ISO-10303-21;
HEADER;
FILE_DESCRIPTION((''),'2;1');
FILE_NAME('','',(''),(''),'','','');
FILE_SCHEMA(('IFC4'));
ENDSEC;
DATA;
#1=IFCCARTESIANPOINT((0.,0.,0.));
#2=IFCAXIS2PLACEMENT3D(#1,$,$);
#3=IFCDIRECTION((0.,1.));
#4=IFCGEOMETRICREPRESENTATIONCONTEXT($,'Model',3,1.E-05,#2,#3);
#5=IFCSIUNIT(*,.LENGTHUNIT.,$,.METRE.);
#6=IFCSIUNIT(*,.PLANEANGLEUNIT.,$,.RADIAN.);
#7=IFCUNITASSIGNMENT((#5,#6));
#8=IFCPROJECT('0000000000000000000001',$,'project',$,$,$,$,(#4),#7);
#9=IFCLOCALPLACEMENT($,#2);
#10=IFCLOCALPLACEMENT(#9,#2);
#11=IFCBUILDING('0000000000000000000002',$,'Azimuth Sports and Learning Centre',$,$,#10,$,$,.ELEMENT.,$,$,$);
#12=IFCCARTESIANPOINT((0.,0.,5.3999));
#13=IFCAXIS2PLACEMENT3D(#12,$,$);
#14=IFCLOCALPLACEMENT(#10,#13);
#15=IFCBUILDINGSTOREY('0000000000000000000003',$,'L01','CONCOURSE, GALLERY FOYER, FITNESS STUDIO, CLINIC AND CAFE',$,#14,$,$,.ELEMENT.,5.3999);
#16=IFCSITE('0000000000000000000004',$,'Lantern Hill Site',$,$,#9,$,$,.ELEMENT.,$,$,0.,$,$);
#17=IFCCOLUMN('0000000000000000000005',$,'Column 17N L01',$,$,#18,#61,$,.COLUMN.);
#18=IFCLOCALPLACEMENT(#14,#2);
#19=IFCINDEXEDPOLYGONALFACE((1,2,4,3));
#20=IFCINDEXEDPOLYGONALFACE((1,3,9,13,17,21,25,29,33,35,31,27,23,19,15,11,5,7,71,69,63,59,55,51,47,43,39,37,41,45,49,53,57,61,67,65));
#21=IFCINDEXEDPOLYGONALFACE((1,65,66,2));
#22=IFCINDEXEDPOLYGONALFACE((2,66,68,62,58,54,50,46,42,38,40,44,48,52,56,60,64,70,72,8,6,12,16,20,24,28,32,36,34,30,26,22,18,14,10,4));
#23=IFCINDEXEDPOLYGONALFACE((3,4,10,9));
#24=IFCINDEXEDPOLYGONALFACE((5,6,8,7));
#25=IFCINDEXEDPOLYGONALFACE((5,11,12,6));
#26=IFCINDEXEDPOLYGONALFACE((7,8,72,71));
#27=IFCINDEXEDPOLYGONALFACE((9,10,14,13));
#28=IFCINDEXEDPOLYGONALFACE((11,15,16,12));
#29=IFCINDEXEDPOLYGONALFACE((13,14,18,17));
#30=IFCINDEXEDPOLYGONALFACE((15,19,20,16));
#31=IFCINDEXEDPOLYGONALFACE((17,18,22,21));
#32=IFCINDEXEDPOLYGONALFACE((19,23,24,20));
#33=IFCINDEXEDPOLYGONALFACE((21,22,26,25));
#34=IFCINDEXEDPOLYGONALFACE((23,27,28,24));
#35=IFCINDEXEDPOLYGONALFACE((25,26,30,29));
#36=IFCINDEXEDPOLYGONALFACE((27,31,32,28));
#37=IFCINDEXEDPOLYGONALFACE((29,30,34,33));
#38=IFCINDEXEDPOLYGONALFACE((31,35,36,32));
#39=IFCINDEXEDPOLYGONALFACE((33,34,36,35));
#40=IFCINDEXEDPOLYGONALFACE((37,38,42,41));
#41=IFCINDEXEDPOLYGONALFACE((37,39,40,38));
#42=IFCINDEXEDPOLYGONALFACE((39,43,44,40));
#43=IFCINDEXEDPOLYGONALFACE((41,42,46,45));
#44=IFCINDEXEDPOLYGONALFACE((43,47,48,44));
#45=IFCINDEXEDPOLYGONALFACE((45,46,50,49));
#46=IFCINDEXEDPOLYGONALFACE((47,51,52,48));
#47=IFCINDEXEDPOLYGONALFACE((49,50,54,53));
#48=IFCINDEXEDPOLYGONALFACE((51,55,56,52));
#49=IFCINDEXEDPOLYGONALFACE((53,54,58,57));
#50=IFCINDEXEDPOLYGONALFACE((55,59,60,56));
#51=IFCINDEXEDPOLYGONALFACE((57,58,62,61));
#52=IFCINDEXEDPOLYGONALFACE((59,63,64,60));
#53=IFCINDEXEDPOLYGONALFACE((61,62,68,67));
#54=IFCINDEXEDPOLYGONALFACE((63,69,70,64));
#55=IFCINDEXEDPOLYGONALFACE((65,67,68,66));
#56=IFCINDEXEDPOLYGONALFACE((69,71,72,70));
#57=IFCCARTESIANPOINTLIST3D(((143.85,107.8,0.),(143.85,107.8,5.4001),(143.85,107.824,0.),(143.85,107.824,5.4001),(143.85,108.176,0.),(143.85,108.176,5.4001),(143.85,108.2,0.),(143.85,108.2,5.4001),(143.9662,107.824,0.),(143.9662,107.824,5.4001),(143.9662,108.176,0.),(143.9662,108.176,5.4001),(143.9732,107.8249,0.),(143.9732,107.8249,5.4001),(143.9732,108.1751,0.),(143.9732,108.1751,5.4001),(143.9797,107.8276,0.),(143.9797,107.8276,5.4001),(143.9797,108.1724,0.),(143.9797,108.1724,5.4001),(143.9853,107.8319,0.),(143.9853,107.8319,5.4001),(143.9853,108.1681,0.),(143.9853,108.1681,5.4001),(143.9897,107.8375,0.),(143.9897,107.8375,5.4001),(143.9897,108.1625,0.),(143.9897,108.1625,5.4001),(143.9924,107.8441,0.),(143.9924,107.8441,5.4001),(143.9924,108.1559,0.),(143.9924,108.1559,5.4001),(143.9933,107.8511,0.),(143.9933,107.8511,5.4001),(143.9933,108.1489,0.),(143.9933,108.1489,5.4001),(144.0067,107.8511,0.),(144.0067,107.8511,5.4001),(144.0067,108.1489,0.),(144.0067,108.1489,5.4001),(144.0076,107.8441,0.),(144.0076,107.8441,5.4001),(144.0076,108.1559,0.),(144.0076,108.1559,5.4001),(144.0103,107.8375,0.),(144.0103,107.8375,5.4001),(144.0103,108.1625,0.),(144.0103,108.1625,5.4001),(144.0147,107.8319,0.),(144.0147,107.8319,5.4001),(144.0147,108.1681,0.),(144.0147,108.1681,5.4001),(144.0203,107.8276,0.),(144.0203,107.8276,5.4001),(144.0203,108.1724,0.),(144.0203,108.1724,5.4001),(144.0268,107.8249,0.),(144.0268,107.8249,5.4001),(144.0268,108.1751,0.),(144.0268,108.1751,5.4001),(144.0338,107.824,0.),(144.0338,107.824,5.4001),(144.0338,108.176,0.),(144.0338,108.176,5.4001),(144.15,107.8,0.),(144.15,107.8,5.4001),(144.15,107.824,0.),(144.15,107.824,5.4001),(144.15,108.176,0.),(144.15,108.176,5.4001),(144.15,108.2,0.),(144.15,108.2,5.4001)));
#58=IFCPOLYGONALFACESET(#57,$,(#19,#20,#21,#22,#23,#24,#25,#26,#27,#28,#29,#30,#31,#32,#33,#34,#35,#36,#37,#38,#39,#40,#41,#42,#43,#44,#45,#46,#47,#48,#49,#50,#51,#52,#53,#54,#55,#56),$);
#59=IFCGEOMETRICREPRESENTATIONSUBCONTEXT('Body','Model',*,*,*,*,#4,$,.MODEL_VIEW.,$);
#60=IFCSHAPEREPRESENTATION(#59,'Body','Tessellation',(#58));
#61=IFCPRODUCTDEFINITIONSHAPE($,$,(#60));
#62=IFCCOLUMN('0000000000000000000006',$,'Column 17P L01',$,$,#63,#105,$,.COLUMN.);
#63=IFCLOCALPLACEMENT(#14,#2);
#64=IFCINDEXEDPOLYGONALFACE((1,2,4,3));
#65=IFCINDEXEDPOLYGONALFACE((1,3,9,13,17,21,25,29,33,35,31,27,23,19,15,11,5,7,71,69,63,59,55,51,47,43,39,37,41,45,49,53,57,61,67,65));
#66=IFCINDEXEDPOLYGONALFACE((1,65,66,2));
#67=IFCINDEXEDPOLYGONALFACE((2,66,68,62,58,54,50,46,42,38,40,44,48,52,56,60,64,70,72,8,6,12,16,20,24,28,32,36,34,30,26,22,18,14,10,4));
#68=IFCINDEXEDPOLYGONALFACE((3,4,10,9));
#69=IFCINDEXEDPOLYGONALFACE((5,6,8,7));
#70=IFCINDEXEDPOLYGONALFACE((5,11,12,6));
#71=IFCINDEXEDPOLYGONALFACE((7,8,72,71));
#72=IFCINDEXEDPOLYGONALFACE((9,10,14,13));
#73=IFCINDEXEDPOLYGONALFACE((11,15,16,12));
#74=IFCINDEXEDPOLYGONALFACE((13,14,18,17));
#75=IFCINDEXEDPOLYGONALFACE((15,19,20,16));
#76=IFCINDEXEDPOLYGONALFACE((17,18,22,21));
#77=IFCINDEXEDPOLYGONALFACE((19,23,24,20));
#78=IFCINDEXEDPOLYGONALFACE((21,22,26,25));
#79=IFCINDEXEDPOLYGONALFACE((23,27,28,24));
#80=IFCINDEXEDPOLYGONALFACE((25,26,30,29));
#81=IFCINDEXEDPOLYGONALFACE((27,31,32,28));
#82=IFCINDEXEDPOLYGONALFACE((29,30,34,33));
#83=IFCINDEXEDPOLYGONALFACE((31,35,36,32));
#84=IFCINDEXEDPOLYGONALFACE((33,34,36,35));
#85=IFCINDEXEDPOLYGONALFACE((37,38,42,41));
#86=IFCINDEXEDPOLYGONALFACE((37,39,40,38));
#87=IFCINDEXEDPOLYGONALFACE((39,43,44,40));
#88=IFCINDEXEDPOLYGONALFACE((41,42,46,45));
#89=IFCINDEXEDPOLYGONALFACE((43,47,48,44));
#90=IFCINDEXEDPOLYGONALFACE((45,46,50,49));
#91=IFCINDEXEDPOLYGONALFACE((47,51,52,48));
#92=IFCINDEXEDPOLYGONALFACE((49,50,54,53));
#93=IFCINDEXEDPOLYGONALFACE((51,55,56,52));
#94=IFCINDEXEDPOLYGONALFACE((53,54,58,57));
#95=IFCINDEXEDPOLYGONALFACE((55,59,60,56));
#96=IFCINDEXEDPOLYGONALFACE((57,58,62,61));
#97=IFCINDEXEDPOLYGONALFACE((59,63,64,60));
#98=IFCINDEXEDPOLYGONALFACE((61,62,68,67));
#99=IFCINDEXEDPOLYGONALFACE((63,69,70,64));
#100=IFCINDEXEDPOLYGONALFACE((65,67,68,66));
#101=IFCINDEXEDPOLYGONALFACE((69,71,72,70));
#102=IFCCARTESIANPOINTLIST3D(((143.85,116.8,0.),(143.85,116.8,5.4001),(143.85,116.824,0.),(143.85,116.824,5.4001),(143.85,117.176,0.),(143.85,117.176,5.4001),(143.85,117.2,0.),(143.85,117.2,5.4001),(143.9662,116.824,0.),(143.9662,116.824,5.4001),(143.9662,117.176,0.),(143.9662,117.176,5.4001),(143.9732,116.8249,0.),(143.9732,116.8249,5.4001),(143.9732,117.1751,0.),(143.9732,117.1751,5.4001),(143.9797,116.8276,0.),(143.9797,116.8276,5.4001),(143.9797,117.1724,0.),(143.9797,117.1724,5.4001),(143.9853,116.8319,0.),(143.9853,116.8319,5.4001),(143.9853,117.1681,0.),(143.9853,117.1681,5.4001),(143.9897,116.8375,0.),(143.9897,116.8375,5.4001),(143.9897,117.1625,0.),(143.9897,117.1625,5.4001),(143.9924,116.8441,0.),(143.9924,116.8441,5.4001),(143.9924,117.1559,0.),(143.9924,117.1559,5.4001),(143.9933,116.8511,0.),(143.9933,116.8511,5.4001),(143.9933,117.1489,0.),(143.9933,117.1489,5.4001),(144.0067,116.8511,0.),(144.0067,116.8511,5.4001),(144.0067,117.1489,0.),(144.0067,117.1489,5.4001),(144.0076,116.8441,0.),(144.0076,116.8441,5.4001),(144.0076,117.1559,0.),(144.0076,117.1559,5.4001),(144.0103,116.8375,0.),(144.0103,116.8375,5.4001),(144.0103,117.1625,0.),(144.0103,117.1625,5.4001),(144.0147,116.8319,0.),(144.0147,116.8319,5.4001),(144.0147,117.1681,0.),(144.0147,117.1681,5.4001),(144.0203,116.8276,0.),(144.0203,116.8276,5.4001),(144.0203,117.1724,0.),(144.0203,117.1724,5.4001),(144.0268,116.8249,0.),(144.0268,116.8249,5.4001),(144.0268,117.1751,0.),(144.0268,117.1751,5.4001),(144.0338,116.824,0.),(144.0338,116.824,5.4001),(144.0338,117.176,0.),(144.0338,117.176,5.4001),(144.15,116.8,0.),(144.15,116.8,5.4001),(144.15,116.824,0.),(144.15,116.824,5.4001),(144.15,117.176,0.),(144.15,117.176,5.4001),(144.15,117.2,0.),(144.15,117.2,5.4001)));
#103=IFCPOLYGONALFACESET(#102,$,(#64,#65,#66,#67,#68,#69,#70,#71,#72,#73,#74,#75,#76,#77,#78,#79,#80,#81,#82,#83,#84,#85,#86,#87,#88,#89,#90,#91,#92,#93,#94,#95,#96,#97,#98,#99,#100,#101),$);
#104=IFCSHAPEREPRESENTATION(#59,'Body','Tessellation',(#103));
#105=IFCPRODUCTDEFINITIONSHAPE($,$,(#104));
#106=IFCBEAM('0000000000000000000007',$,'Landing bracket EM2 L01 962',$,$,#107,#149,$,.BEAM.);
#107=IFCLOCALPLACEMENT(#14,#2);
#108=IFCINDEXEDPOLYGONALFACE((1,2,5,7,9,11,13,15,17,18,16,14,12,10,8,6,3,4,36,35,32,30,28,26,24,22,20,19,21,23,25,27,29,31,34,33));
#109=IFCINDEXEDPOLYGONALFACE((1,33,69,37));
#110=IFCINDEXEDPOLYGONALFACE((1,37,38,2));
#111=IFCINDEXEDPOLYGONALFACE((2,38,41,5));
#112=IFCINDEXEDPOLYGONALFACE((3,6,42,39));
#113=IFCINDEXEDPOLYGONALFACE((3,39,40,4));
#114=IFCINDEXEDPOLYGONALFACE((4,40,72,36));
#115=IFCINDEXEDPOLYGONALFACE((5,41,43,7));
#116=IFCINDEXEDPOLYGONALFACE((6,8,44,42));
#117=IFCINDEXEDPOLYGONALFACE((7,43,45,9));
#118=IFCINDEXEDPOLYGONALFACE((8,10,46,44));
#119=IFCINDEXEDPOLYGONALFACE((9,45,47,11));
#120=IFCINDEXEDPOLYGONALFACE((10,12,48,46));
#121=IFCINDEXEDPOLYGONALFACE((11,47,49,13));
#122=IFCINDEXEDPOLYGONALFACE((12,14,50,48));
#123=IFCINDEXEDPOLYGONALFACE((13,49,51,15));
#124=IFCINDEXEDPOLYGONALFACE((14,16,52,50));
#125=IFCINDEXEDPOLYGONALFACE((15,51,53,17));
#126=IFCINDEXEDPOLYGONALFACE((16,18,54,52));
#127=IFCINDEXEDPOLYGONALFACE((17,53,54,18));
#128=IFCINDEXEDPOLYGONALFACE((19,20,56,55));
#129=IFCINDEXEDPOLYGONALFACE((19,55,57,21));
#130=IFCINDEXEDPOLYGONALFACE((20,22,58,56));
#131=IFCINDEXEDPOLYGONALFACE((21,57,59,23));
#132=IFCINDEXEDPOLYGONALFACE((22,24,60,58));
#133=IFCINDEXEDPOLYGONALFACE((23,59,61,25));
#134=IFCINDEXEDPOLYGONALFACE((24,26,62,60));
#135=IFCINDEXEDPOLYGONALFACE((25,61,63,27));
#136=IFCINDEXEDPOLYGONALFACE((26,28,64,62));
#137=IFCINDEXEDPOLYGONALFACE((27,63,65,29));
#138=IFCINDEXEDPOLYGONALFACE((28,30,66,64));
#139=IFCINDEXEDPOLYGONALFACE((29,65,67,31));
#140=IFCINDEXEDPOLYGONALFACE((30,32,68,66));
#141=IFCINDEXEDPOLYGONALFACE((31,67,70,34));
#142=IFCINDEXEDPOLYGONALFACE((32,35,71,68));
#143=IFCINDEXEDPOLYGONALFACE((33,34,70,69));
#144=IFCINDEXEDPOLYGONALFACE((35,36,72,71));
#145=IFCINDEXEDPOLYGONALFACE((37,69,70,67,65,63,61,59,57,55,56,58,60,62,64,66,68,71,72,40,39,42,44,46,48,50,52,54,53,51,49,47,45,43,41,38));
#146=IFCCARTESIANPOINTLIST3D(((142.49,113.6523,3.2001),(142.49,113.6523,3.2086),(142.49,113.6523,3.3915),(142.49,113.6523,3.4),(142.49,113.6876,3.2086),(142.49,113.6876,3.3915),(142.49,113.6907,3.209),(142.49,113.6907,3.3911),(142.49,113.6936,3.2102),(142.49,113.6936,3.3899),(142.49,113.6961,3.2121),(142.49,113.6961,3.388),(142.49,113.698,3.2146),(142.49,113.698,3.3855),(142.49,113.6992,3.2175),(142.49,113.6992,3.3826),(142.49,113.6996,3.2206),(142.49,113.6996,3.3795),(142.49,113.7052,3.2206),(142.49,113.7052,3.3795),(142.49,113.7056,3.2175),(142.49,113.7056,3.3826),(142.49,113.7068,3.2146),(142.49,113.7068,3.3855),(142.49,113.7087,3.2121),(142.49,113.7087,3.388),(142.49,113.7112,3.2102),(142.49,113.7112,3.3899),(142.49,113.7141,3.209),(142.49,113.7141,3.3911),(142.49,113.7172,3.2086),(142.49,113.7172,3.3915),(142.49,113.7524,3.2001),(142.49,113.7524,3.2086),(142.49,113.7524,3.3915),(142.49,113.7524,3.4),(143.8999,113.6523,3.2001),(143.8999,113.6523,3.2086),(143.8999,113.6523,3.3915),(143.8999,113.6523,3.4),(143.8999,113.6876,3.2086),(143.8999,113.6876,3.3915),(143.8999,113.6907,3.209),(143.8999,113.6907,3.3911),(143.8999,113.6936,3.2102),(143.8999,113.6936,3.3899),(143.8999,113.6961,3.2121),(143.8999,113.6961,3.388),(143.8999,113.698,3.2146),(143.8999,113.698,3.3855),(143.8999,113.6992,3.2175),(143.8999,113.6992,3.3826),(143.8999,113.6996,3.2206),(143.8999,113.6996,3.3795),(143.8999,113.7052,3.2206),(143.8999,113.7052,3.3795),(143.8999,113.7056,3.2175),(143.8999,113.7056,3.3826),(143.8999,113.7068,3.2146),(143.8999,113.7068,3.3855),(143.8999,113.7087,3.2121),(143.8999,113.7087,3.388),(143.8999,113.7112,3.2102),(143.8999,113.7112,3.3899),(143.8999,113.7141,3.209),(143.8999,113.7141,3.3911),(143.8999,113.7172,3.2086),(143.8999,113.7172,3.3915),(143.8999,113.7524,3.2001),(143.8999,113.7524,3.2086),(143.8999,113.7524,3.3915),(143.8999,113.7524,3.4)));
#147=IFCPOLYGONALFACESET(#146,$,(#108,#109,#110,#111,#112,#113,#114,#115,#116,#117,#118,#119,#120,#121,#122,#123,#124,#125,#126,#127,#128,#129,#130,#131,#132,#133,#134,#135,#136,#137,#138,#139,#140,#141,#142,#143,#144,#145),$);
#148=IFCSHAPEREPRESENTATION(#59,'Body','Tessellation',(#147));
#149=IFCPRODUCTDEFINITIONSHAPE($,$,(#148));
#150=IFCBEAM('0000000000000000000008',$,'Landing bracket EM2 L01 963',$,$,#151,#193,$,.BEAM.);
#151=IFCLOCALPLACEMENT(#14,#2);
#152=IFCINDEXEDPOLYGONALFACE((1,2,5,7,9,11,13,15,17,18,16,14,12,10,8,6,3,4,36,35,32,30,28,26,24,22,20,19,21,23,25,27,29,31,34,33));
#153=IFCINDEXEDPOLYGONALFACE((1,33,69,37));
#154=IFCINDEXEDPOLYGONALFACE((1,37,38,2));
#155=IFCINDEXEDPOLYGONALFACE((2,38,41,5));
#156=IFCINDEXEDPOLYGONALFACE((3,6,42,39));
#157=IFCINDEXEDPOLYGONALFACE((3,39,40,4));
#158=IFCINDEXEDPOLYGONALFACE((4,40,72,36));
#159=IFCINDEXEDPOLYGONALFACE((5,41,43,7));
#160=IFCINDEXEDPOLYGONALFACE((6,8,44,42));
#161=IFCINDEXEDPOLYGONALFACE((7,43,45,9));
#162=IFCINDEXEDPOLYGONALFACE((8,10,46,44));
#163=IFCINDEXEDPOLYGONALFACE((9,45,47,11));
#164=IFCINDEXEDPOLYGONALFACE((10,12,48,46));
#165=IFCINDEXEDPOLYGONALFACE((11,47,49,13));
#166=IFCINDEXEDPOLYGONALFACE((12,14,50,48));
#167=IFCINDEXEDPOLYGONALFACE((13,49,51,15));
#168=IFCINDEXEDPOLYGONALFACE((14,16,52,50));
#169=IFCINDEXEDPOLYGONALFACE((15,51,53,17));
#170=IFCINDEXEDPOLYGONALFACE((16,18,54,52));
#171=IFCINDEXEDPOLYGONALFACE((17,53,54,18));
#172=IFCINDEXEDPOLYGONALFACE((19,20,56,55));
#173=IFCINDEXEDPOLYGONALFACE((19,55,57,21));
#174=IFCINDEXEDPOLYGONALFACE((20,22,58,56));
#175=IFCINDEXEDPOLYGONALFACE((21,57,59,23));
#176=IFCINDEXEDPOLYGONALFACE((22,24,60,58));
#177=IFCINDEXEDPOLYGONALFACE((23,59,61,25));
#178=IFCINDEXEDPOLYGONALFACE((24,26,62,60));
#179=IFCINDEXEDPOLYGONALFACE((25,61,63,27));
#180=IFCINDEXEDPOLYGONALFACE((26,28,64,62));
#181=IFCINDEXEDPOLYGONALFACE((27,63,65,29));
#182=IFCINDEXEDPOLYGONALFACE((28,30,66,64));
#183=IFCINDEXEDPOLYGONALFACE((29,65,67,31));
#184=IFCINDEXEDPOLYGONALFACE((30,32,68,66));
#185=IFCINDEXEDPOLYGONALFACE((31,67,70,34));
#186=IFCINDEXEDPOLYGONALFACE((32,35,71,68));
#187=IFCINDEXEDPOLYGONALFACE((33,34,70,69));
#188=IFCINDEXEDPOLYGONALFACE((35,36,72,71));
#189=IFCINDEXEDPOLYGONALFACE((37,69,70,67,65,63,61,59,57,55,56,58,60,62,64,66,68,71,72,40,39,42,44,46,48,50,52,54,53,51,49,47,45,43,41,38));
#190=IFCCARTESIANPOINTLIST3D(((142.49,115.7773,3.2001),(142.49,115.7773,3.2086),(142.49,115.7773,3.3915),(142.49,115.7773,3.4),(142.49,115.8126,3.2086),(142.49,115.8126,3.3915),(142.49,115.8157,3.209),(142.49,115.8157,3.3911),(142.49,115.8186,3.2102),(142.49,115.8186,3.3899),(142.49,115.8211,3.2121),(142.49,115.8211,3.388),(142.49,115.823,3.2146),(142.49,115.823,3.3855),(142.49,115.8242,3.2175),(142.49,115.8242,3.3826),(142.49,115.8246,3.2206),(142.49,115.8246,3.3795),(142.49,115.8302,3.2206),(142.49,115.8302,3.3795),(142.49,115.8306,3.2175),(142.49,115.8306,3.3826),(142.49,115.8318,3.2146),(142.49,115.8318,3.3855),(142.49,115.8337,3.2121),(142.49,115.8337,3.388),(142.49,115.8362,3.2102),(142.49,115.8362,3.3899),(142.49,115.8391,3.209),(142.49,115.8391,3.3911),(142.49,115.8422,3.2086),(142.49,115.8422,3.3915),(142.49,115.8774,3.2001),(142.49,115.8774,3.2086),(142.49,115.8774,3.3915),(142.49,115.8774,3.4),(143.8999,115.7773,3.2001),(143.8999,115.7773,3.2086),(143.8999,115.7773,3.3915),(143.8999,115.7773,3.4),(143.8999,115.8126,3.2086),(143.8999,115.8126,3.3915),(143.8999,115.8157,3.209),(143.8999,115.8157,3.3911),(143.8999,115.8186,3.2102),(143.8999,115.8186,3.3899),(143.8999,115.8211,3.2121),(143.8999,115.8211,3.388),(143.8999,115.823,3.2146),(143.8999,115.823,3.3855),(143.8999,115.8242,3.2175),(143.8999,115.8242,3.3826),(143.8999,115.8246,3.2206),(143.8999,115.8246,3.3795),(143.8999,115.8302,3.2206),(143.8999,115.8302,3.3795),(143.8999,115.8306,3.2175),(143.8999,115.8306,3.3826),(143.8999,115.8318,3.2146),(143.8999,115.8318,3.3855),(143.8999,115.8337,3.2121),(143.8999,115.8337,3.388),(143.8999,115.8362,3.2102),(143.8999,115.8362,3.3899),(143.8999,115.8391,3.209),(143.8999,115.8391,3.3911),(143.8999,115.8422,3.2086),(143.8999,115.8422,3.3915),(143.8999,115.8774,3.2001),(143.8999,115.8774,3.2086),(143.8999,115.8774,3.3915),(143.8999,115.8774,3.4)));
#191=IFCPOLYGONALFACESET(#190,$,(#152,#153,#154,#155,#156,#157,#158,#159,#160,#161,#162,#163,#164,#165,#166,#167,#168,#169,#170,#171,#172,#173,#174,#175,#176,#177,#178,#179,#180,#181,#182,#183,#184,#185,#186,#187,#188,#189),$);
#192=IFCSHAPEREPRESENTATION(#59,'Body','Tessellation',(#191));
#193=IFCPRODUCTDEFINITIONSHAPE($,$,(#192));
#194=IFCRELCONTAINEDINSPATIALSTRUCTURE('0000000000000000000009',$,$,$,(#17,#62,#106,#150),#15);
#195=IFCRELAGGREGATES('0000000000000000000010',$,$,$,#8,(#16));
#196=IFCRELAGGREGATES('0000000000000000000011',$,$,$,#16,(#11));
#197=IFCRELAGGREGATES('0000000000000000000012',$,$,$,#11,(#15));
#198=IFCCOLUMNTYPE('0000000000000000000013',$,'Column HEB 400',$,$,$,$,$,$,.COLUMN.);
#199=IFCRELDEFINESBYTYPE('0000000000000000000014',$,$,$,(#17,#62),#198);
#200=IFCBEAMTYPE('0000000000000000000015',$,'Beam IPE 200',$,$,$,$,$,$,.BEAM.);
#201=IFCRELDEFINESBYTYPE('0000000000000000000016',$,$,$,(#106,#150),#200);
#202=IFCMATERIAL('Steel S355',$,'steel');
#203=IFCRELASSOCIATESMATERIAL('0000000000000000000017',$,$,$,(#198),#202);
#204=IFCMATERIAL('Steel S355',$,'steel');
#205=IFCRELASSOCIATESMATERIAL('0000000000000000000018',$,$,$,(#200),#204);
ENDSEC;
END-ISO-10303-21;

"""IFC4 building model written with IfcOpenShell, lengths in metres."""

from ifc_helpers import new_model, si_unit, direction, frame, origin, origin_2d, place, context, subcontext, project, spatial, i_section, extrude, material, material_profile, profile_set, type_object, element, save


model = new_model("IFC4")

# Units and contexts
model_context = context("Model", 3, precision=1e-05, world=origin(), true_north=direction((0.0, 1.0)))
body_context = subcontext(model_context, "Body", "Model", "MODEL_VIEW")
ifc_project = project(units=[si_unit("LENGTHUNIT", "METRE"), si_unit("PLANEANGLEUNIT", "RADIAN")], contexts=[model_context])

# Site, building, storey
site_placement = place(None, origin())
site = spatial("IfcSite", under=ifc_project, at=site_placement, Name="Lantern Hill Site", CompositionType="ELEMENT", RefElevation=0.0)
building_placement = place(site_placement, origin())
building = spatial("IfcBuilding", under=site, at=building_placement, Name="Azimuth Sports and Learning Centre", CompositionType="ELEMENT")
storey_placement = place(building_placement, frame((0.0, 0.0, 5.3999)))
storey = spatial("IfcBuildingStorey", under=building, at=storey_placement, Name="L01", Description="CONCOURSE, GALLERY FOYER, FITNESS STUDIO, CLINIC AND CAFE", CompositionType="ELEMENT", Elevation=5.3999)

# Columns
ifc_material_1 = material(Name="Steel S355", Category="steel")
ifc_material_profile_1 = material_profile(ifc_material_1, i_section(OverallWidth=0.3, OverallDepth=0.3999, WebThickness=0.0134, FlangeThickness=0.0239, FilletRadius=0.0271, at=origin_2d()), Name="HEB 400")
ifc_profile_set_1 = profile_set([ifc_material_profile_1], Name="Steel S355")
column_type = type_object("IfcColumnType", Name="Column HEB 400", PredefinedType="COLUMN", material=ifc_profile_set_1)
for number, where, z_axis, x_axis, name in (
    (1, (144.0, 108.0, 0.0), (0.0, 0.0, 1.0), (1.0, 0.0, 0.0), "Column 17N L01"),
    (2, (144.0, 117.0, 0.0), (0.0, 0.0, 1.0), (1.0, 0.0, 0.0), "Column 17P L01"),
):
    element("IfcColumn", number, at=place(storey_placement, frame(where, z_axis=z_axis, x_axis=x_axis)), inside=storey, type_object=column_type, Name=name, PredefinedType="COLUMN", context=body_context, shape_type="SweptSolid", body=[
        extrude(i_section(OverallWidth=0.3, OverallDepth=0.3999, WebThickness=0.0134, FlangeThickness=0.0239, FilletRadius=0.0271, at=origin_2d()), origin(), (0.0, 0.0, 1.0), 5.4001),
    ])

# Beams
ifc_material_2 = material(Name="Steel S355", Category="steel")
ifc_material_profile_2 = material_profile(ifc_material_2, i_section(OverallWidth=0.1001, OverallDepth=0.2, WebThickness=0.0056, FlangeThickness=0.0085, FilletRadius=0.012, at=origin_2d()), Name="IPE 200")
ifc_profile_set_2 = profile_set([ifc_material_profile_2], Name="Steel S355")
beam_type_1 = type_object("IfcBeamType", Name="Beam IPE 200", PredefinedType="BEAM", material=ifc_profile_set_2)
for number, where, z_axis, x_axis, name in (
    (3, (143.8999, 113.7024, 3.3), (-1.0, 0.0, 0.0), (0.0, -1.0, 0.0), "Landing bracket EM2 L01 962"),
    (4, (143.8999, 115.8274, 3.3), (-1.0, 0.0, 0.0), (0.0, -1.0, 0.0), "Landing bracket EM2 L01 963"),
):
    element("IfcBeam", number, at=place(storey_placement, frame(where, z_axis=z_axis, x_axis=x_axis)), inside=storey, type_object=beam_type_1, Name=name, PredefinedType="BEAM", context=body_context, shape_type="SweptSolid", body=[
        extrude(i_section(OverallWidth=0.1001, OverallDepth=0.2, WebThickness=0.0056, FlangeThickness=0.0085, FilletRadius=0.012, at=origin_2d()), origin(), (0.0, 0.0, 1.0), 1.4099),
    ])

save(model, "model.ifc")
